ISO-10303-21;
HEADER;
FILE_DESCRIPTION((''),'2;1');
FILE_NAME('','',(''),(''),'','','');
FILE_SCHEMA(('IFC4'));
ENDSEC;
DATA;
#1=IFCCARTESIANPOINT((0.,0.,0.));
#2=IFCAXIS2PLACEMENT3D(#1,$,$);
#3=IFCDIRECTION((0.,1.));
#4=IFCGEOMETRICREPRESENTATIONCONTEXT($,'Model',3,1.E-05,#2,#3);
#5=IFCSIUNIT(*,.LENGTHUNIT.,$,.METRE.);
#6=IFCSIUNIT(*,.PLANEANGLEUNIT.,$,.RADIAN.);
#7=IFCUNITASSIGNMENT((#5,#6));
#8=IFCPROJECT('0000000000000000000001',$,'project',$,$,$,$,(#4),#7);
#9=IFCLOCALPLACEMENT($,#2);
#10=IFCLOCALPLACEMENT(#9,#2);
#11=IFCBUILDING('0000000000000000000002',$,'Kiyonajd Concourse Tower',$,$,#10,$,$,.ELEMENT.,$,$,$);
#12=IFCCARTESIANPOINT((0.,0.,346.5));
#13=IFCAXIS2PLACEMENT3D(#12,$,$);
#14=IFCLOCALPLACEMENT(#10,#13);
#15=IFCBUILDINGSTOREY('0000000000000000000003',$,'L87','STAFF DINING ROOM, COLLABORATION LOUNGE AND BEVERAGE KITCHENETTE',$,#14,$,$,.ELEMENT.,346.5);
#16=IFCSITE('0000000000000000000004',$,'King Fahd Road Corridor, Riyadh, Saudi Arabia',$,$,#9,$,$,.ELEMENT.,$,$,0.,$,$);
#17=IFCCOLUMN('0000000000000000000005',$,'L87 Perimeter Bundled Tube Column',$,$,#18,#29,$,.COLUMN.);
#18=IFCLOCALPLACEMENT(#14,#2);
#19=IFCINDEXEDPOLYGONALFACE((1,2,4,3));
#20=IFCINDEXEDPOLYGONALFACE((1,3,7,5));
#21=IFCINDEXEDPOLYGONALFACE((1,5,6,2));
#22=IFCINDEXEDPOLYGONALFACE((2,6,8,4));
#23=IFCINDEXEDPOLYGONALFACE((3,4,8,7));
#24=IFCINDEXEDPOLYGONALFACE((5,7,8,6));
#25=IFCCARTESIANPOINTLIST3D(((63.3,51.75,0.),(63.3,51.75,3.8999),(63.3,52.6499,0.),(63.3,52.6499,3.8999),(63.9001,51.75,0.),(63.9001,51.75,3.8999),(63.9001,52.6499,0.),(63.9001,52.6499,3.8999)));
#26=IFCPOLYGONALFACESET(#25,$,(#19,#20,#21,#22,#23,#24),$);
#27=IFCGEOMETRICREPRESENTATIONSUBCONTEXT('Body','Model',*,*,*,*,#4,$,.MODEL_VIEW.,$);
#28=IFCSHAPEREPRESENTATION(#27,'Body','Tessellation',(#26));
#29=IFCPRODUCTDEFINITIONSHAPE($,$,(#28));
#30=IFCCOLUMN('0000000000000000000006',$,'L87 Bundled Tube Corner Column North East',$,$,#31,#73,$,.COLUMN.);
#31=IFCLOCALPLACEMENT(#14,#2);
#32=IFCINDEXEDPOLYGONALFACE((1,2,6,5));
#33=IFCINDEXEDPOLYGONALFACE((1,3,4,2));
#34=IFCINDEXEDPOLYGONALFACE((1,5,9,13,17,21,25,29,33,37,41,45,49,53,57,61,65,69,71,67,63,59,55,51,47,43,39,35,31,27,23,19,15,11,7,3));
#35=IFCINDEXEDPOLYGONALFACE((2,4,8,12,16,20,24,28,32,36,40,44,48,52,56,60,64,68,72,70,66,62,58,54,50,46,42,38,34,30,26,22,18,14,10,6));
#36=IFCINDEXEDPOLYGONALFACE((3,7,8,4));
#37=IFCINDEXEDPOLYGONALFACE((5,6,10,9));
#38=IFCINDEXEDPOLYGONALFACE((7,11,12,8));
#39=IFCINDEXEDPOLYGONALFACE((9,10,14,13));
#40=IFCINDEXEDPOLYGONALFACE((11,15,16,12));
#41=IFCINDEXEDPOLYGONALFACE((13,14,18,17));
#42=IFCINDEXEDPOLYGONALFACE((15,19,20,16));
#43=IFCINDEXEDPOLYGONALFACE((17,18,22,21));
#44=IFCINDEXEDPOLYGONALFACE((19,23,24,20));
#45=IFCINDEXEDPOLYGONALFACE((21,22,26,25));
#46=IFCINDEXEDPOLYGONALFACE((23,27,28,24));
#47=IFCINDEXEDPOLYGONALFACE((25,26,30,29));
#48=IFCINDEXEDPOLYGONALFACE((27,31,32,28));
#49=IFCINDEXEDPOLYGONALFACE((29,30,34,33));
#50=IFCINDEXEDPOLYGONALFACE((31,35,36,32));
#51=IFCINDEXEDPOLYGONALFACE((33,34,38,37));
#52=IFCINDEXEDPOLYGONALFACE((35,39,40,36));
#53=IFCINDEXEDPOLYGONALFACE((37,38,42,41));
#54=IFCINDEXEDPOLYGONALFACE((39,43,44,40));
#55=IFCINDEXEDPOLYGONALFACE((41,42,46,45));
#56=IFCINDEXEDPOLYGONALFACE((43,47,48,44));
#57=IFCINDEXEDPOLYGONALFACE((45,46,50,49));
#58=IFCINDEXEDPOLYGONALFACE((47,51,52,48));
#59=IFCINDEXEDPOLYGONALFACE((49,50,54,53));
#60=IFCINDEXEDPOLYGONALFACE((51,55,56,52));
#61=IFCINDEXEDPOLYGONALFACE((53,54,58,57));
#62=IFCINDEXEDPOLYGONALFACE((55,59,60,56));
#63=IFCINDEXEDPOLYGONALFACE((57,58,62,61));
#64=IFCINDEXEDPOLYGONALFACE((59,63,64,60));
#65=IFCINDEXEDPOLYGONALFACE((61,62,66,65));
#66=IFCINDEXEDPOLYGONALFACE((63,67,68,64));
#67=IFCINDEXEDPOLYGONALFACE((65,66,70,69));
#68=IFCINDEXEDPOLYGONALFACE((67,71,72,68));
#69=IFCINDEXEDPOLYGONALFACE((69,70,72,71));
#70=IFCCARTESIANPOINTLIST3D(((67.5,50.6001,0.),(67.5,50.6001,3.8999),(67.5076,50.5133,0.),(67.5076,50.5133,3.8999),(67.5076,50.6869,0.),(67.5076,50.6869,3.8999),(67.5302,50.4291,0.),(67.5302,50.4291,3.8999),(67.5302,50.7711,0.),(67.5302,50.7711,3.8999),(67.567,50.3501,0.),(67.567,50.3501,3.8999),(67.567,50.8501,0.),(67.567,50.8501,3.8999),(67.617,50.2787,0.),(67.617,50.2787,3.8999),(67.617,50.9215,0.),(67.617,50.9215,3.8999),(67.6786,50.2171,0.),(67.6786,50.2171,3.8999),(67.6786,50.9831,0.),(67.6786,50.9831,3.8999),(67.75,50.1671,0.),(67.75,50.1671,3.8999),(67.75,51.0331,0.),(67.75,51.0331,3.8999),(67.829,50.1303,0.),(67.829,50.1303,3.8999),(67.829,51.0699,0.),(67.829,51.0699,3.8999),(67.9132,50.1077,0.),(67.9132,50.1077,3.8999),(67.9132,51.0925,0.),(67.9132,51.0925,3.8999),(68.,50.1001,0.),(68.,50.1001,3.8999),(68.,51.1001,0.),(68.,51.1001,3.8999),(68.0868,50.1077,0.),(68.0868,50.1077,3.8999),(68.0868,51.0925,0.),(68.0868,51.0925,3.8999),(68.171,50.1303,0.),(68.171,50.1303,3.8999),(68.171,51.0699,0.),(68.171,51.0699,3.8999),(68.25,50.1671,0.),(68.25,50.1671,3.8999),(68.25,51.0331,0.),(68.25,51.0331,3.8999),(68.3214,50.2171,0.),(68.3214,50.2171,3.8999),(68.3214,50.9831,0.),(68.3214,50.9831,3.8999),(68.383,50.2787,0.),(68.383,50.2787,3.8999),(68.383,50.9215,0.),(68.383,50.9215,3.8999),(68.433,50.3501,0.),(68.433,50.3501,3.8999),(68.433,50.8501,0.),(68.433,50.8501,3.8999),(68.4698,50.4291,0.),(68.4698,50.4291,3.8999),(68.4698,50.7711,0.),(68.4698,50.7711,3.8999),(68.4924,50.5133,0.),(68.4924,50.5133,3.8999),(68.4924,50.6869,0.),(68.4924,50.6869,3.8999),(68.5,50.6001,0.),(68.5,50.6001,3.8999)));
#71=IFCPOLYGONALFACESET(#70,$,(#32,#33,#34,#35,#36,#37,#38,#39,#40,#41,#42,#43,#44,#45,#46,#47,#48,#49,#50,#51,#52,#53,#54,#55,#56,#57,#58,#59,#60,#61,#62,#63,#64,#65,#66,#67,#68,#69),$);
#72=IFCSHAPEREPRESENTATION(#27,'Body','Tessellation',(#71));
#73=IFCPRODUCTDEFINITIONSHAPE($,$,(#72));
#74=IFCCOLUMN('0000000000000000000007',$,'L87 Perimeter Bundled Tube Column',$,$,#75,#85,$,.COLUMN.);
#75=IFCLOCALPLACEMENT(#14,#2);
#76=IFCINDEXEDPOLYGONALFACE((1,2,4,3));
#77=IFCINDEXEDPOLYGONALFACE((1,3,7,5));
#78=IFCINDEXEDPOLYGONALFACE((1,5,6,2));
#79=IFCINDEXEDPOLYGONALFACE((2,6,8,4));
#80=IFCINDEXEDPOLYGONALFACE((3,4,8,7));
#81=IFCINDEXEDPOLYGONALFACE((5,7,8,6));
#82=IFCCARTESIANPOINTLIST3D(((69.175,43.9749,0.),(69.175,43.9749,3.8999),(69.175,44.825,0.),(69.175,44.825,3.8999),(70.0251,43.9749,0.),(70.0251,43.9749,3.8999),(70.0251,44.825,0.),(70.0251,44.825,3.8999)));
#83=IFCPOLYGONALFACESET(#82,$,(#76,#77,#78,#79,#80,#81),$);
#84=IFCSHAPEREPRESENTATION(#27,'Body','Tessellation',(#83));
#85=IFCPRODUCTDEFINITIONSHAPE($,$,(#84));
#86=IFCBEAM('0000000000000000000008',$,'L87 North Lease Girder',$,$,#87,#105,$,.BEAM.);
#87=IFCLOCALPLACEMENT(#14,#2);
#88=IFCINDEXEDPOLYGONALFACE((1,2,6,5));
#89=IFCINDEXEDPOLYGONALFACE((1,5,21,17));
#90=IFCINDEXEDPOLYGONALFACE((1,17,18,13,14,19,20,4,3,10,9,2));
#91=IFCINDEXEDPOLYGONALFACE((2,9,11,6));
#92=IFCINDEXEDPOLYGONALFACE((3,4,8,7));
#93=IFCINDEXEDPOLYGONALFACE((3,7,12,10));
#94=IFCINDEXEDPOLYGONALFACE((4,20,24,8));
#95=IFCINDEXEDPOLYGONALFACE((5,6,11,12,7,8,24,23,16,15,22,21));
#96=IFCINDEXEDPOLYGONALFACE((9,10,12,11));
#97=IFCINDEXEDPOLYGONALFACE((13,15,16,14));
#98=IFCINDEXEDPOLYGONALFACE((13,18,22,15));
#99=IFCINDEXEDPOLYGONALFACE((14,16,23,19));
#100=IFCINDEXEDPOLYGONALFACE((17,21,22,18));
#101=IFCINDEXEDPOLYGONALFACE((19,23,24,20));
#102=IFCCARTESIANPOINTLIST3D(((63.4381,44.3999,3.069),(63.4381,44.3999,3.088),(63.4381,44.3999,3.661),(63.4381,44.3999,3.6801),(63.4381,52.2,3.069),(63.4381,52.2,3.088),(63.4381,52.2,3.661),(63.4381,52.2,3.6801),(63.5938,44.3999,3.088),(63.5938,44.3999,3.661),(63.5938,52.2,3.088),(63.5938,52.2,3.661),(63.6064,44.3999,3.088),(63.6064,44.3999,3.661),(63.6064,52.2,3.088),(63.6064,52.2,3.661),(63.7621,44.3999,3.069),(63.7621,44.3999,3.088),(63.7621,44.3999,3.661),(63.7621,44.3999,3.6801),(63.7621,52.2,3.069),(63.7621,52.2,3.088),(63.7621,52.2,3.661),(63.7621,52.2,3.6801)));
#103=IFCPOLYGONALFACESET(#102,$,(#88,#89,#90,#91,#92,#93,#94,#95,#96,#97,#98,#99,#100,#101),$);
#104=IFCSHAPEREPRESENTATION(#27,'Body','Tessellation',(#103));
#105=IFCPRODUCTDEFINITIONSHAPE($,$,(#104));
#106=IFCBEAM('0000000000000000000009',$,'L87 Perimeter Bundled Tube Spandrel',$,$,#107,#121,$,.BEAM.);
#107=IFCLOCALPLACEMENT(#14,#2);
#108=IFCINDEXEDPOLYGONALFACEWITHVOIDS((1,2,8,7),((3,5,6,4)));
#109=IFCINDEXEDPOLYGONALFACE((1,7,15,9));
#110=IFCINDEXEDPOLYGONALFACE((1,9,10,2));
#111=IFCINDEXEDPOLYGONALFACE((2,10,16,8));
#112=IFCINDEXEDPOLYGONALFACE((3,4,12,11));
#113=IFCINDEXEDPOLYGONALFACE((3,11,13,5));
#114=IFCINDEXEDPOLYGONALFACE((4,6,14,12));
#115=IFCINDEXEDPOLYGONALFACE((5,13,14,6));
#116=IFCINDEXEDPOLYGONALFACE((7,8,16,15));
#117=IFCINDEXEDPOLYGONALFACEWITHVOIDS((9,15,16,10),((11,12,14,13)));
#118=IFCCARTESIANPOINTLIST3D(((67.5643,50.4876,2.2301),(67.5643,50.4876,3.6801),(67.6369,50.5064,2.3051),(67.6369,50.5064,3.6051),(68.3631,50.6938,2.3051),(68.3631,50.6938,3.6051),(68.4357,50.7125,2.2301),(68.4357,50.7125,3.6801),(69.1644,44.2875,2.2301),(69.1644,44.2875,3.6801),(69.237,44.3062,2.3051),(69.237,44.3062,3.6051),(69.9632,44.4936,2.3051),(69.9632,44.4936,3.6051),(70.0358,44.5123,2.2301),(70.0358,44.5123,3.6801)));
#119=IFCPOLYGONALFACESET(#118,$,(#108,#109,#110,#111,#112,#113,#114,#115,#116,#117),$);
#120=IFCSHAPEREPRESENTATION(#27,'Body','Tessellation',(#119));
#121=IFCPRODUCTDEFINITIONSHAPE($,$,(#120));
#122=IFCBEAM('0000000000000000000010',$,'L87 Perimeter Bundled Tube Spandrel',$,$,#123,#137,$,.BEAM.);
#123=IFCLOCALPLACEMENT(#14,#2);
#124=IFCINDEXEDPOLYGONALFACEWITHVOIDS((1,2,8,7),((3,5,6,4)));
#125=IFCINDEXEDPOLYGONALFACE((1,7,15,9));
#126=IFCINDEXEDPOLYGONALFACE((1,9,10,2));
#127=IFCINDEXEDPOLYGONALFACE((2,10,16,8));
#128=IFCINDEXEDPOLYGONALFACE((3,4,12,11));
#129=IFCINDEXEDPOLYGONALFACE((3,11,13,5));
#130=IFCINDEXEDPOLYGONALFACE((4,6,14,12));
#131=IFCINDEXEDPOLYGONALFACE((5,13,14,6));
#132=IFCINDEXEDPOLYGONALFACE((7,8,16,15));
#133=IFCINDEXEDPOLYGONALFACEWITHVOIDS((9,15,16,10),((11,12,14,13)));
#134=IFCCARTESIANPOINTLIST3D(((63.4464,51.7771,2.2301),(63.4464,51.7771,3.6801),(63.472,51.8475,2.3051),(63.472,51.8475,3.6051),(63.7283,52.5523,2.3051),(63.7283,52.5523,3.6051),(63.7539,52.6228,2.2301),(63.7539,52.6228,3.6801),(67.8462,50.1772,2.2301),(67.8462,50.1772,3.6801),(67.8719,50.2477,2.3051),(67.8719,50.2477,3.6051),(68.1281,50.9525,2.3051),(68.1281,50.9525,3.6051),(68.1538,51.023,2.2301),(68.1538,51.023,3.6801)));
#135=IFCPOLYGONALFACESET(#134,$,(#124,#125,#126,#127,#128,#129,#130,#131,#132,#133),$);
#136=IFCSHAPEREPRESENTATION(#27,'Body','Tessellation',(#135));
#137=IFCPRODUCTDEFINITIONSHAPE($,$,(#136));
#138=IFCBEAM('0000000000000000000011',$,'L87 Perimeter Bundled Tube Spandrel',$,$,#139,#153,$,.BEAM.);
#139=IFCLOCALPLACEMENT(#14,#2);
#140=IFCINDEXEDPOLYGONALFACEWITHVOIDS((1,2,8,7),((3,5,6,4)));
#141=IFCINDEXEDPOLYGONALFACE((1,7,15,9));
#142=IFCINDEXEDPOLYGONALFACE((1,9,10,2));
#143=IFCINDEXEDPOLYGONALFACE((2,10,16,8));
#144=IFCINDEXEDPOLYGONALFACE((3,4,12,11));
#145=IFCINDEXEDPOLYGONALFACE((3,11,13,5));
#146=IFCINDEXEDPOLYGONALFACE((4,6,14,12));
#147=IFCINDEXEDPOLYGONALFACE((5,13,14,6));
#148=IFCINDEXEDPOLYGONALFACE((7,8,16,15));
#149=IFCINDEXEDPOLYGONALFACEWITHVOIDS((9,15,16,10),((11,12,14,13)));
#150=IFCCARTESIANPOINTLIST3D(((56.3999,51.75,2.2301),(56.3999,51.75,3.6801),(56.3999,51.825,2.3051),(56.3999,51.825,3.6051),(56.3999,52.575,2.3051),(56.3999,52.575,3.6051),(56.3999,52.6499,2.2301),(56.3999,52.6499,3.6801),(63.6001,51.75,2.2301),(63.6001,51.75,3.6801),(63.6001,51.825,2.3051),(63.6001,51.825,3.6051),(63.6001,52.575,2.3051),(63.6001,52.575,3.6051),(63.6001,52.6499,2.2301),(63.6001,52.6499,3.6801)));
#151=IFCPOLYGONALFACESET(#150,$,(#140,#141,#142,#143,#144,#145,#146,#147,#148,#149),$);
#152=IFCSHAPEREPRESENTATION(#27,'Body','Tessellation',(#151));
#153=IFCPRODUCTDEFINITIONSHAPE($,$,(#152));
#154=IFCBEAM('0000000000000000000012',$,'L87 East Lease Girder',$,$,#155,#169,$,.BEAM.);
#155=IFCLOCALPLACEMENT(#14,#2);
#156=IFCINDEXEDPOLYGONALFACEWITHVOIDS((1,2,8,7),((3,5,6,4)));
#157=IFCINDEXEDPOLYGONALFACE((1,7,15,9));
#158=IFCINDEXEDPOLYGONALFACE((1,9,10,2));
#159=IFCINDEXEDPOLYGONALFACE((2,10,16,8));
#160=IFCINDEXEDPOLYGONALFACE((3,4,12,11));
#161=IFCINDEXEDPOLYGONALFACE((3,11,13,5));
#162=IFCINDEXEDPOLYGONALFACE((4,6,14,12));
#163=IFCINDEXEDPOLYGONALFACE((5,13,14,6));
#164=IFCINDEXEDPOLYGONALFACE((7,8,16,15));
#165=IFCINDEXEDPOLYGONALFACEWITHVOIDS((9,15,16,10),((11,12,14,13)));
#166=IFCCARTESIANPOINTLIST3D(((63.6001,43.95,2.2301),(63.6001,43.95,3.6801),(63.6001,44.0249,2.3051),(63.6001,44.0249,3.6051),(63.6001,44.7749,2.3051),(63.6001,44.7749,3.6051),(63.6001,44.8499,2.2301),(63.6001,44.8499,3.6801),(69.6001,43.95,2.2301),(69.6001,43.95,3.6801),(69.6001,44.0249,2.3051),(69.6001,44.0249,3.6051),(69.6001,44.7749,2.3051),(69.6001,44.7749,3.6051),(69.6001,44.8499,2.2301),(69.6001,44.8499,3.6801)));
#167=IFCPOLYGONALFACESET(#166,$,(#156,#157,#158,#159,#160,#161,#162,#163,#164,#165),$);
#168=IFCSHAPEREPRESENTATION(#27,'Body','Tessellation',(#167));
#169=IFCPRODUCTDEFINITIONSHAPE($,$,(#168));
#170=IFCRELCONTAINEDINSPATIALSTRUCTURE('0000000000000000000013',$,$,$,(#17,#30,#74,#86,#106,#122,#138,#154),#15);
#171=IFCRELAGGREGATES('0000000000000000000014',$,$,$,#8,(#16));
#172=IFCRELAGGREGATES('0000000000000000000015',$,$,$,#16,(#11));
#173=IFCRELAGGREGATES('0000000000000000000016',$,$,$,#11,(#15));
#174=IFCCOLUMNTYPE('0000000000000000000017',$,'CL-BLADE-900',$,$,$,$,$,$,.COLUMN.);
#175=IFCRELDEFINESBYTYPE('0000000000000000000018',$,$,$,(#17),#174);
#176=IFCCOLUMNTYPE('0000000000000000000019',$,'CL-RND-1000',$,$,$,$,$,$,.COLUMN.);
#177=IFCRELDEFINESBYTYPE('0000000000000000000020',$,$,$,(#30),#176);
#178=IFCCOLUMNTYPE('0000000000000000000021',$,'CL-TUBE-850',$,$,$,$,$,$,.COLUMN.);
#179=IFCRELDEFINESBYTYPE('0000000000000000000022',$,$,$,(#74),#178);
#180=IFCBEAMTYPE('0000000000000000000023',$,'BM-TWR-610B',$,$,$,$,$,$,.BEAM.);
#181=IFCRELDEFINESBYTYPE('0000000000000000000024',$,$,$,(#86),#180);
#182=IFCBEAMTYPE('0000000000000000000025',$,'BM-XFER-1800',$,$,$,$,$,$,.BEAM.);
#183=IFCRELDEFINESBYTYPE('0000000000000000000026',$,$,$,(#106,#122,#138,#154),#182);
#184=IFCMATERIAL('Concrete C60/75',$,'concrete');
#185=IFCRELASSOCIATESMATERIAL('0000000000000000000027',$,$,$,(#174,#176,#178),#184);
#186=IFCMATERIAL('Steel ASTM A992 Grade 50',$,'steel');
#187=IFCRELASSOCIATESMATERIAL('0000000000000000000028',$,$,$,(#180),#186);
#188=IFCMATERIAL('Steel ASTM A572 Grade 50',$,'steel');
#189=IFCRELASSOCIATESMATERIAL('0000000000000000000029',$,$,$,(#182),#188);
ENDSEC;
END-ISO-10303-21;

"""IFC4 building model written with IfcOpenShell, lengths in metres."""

from ifc_helpers import new_model, si_unit, direction, frame, origin, origin_2d, place, context, subcontext, project, spatial, rectangle, hollow_rectangle, circle, i_section, extrude, material, material_profile, profile_set, type_object, element, save


model = new_model("IFC4")

# Units and contexts
model_context = context("Model", 3, precision=1e-05, world=origin(), true_north=direction((0.0, 1.0)))
body_context = subcontext(model_context, "Body", "Model", "MODEL_VIEW")
ifc_project = project(units=[si_unit("LENGTHUNIT", "METRE"), si_unit("PLANEANGLEUNIT", "RADIAN")], contexts=[model_context])

# Site, building, storey
site_placement = place(None, origin())
site = spatial("IfcSite", under=ifc_project, at=site_placement, Name="King Fahd Road Corridor, Riyadh, Saudi Arabia", CompositionType="ELEMENT", RefElevation=0.0)
building_placement = place(site_placement, origin())
building = spatial("IfcBuilding", under=site, at=building_placement, Name="Kiyonajd Concourse Tower", CompositionType="ELEMENT")
storey_placement = place(building_placement, frame((0.0, 0.0, 346.5)))
storey = spatial("IfcBuildingStorey", under=building, at=storey_placement, Name="L87", Description="STAFF DINING ROOM, COLLABORATION LOUNGE AND BEVERAGE KITCHENETTE", CompositionType="ELEMENT", Elevation=346.5)

# Columns
ifc_material_1 = material(Name="Concrete C60/75", Category="concrete")
ifc_material_profile_1 = material_profile(ifc_material_1, rectangle(XDim=0.6001, YDim=0.8999, at=origin_2d()), Name="RC-900x600")
ifc_profile_set_1 = profile_set([ifc_material_profile_1], Name="Concrete C60/75")
column_type_1 = type_object("IfcColumnType", Name="CL-BLADE-900", PredefinedType="COLUMN", material=ifc_profile_set_1)
column_1_placement = place(storey_placement, frame((63.6001, 52.2, 0.0), z_axis=(0.0, 0.0, 1.0), x_axis=(1.0, 0.0, 0.0)))
element("IfcColumn", 1, at=column_1_placement, inside=storey, type_object=column_type_1, Name="L87 Perimeter Bundled Tube Column", PredefinedType="COLUMN", context=body_context, shape_type="SweptSolid", body=[
    extrude(rectangle(XDim=0.6001, YDim=0.8999, at=origin_2d()), origin(), (0.0, 0.0, 1.0), 3.8999),
])
ifc_material_profile_2 = material_profile(ifc_material_1, circle(Radius=0.5, at=origin_2d()), Name="RCC-D1000")
ifc_profile_set_2 = profile_set([ifc_material_profile_2], Name="Concrete C60/75")
column_type_2 = type_object("IfcColumnType", Name="CL-RND-1000", PredefinedType="COLUMN", material=ifc_profile_set_2)
column_2_placement = place(storey_placement, frame((68.0, 50.6001, 0.0), z_axis=(0.0, 0.0, 1.0), x_axis=(1.0, 0.0, 0.0)))
element("IfcColumn", 2, at=column_2_placement, inside=storey, type_object=column_type_2, Name="L87 Bundled Tube Corner Column North East", PredefinedType="COLUMN", context=body_context, shape_type="SweptSolid", body=[
    extrude(circle(Radius=0.5, at=origin_2d()), origin(), (0.0, 0.0, 1.0), 3.8999),
])
ifc_material_profile_3 = material_profile(ifc_material_1, rectangle(XDim=0.8501, YDim=0.8501, at=origin_2d()), Name="RC-850x850")
ifc_profile_set_3 = profile_set([ifc_material_profile_3], Name="Concrete C60/75")
column_type_3 = type_object("IfcColumnType", Name="CL-TUBE-850", PredefinedType="COLUMN", material=ifc_profile_set_3)
column_3_placement = place(storey_placement, frame((69.6001, 44.3999, 0.0), z_axis=(0.0, 0.0, 1.0), x_axis=(1.0, 0.0, 0.0)))
element("IfcColumn", 3, at=column_3_placement, inside=storey, type_object=column_type_3, Name="L87 Perimeter Bundled Tube Column", PredefinedType="COLUMN", context=body_context, shape_type="SweptSolid", body=[
    extrude(rectangle(XDim=0.8501, YDim=0.8501, at=origin_2d()), origin(), (0.0, 0.0, 1.0), 3.8999),
])

# Beams
ifc_material_2 = material(Name="Steel ASTM A992 Grade 50", Category="steel")
ifc_material_profile_4 = material_profile(ifc_material_2, i_section(OverallWidth=0.324, OverallDepth=0.6111, WebThickness=0.0127, FlangeThickness=0.019, at=origin_2d()), Name="W610X155")
ifc_profile_set_4 = profile_set([ifc_material_profile_4], Name="Steel ASTM A992 Grade 50")
beam_type_1 = type_object("IfcBeamType", Name="BM-TWR-610B", PredefinedType="BEAM", material=ifc_profile_set_4)
beam_1_placement = place(storey_placement, frame((63.6001, 44.3999, 3.3745), z_axis=(0.0, 1.0, 0.0), x_axis=(-1.0, 0.0, 0.0)))
element("IfcBeam", 4, at=beam_1_placement, inside=storey, type_object=beam_type_1, Name="L87 North Lease Girder", PredefinedType="BEAM", context=body_context, shape_type="SweptSolid", body=[
    extrude(i_section(OverallWidth=0.324, OverallDepth=0.6111, WebThickness=0.0127, FlangeThickness=0.019, at=origin_2d()), origin(), (0.0, 0.0, 1.0), 7.8),
])
ifc_material_3 = material(Name="Steel ASTM A572 Grade 50", Category="steel")
ifc_material_profile_5 = material_profile(ifc_material_3, hollow_rectangle(XDim=0.8999, YDim=1.45, WallThickness=0.075, at=origin_2d()), Name="BOX-1450x900x75")
ifc_profile_set_5 = profile_set([ifc_material_profile_5], Name="Steel ASTM A572 Grade 50")
beam_type_2 = type_object("IfcBeamType", Name="BM-XFER-1800", PredefinedType="BEAM", material=ifc_profile_set_5)
beam_2_placement = place(storey_placement, frame((69.6001, 44.3999, 2.9551), z_axis=(-0.249885, 0.968276, 0.0), x_axis=(-0.968276, -0.249885, 0.0)))
element("IfcBeam", 5, at=beam_2_placement, inside=storey, type_object=beam_type_2, Name="L87 Perimeter Bundled Tube Spandrel", PredefinedType="BEAM", context=body_context, shape_type="SweptSolid", body=[
    extrude(hollow_rectangle(XDim=0.8999, YDim=1.45, WallThickness=0.075, at=origin_2d()), origin(), (0.0, 0.0, 1.0), 6.4033),
])
beam_3_placement = place(storey_placement, frame((68.0, 50.6001, 2.9551), z_axis=(-0.939801, 0.341722, 0.0), x_axis=(-0.341722, -0.939801, 0.0)))
element("IfcBeam", 6, at=beam_3_placement, inside=storey, type_object=beam_type_2, Name="L87 Perimeter Bundled Tube Spandrel", PredefinedType="BEAM", context=body_context, shape_type="SweptSolid", body=[
    extrude(hollow_rectangle(XDim=0.8999, YDim=1.45, WallThickness=0.075, at=origin_2d()), origin(), (0.0, 0.0, 1.0), 4.6816),
])
beam_4_placement = place(storey_placement, frame((63.6001, 52.2, 2.9551), z_axis=(-1.0, 0.0, 0.0), x_axis=(0.0, -1.0, 0.0)))
element("IfcBeam", 7, at=beam_4_placement, inside=storey, type_object=beam_type_2, Name="L87 Perimeter Bundled Tube Spandrel", PredefinedType="BEAM", context=body_context, shape_type="SweptSolid", body=[
    extrude(hollow_rectangle(XDim=0.8999, YDim=1.45, WallThickness=0.075, at=origin_2d()), origin(), (0.0, 0.0, 1.0), 7.2002),
])
beam_5_placement = place(storey_placement, frame((63.6001, 44.3999, 2.9551), z_axis=(1.0, 0.0, 0.0), x_axis=(0.0, 1.0, 0.0)))
element("IfcBeam", 8, at=beam_5_placement, inside=storey, type_object=beam_type_2, Name="L87 East Lease Girder", PredefinedType="BEAM", context=body_context, shape_type="SweptSolid", body=[
    extrude(hollow_rectangle(XDim=0.8999, YDim=1.45, WallThickness=0.075, at=origin_2d()), origin(), (0.0, 0.0, 1.0), 6.0),
])

save(model, "model.ifc")
